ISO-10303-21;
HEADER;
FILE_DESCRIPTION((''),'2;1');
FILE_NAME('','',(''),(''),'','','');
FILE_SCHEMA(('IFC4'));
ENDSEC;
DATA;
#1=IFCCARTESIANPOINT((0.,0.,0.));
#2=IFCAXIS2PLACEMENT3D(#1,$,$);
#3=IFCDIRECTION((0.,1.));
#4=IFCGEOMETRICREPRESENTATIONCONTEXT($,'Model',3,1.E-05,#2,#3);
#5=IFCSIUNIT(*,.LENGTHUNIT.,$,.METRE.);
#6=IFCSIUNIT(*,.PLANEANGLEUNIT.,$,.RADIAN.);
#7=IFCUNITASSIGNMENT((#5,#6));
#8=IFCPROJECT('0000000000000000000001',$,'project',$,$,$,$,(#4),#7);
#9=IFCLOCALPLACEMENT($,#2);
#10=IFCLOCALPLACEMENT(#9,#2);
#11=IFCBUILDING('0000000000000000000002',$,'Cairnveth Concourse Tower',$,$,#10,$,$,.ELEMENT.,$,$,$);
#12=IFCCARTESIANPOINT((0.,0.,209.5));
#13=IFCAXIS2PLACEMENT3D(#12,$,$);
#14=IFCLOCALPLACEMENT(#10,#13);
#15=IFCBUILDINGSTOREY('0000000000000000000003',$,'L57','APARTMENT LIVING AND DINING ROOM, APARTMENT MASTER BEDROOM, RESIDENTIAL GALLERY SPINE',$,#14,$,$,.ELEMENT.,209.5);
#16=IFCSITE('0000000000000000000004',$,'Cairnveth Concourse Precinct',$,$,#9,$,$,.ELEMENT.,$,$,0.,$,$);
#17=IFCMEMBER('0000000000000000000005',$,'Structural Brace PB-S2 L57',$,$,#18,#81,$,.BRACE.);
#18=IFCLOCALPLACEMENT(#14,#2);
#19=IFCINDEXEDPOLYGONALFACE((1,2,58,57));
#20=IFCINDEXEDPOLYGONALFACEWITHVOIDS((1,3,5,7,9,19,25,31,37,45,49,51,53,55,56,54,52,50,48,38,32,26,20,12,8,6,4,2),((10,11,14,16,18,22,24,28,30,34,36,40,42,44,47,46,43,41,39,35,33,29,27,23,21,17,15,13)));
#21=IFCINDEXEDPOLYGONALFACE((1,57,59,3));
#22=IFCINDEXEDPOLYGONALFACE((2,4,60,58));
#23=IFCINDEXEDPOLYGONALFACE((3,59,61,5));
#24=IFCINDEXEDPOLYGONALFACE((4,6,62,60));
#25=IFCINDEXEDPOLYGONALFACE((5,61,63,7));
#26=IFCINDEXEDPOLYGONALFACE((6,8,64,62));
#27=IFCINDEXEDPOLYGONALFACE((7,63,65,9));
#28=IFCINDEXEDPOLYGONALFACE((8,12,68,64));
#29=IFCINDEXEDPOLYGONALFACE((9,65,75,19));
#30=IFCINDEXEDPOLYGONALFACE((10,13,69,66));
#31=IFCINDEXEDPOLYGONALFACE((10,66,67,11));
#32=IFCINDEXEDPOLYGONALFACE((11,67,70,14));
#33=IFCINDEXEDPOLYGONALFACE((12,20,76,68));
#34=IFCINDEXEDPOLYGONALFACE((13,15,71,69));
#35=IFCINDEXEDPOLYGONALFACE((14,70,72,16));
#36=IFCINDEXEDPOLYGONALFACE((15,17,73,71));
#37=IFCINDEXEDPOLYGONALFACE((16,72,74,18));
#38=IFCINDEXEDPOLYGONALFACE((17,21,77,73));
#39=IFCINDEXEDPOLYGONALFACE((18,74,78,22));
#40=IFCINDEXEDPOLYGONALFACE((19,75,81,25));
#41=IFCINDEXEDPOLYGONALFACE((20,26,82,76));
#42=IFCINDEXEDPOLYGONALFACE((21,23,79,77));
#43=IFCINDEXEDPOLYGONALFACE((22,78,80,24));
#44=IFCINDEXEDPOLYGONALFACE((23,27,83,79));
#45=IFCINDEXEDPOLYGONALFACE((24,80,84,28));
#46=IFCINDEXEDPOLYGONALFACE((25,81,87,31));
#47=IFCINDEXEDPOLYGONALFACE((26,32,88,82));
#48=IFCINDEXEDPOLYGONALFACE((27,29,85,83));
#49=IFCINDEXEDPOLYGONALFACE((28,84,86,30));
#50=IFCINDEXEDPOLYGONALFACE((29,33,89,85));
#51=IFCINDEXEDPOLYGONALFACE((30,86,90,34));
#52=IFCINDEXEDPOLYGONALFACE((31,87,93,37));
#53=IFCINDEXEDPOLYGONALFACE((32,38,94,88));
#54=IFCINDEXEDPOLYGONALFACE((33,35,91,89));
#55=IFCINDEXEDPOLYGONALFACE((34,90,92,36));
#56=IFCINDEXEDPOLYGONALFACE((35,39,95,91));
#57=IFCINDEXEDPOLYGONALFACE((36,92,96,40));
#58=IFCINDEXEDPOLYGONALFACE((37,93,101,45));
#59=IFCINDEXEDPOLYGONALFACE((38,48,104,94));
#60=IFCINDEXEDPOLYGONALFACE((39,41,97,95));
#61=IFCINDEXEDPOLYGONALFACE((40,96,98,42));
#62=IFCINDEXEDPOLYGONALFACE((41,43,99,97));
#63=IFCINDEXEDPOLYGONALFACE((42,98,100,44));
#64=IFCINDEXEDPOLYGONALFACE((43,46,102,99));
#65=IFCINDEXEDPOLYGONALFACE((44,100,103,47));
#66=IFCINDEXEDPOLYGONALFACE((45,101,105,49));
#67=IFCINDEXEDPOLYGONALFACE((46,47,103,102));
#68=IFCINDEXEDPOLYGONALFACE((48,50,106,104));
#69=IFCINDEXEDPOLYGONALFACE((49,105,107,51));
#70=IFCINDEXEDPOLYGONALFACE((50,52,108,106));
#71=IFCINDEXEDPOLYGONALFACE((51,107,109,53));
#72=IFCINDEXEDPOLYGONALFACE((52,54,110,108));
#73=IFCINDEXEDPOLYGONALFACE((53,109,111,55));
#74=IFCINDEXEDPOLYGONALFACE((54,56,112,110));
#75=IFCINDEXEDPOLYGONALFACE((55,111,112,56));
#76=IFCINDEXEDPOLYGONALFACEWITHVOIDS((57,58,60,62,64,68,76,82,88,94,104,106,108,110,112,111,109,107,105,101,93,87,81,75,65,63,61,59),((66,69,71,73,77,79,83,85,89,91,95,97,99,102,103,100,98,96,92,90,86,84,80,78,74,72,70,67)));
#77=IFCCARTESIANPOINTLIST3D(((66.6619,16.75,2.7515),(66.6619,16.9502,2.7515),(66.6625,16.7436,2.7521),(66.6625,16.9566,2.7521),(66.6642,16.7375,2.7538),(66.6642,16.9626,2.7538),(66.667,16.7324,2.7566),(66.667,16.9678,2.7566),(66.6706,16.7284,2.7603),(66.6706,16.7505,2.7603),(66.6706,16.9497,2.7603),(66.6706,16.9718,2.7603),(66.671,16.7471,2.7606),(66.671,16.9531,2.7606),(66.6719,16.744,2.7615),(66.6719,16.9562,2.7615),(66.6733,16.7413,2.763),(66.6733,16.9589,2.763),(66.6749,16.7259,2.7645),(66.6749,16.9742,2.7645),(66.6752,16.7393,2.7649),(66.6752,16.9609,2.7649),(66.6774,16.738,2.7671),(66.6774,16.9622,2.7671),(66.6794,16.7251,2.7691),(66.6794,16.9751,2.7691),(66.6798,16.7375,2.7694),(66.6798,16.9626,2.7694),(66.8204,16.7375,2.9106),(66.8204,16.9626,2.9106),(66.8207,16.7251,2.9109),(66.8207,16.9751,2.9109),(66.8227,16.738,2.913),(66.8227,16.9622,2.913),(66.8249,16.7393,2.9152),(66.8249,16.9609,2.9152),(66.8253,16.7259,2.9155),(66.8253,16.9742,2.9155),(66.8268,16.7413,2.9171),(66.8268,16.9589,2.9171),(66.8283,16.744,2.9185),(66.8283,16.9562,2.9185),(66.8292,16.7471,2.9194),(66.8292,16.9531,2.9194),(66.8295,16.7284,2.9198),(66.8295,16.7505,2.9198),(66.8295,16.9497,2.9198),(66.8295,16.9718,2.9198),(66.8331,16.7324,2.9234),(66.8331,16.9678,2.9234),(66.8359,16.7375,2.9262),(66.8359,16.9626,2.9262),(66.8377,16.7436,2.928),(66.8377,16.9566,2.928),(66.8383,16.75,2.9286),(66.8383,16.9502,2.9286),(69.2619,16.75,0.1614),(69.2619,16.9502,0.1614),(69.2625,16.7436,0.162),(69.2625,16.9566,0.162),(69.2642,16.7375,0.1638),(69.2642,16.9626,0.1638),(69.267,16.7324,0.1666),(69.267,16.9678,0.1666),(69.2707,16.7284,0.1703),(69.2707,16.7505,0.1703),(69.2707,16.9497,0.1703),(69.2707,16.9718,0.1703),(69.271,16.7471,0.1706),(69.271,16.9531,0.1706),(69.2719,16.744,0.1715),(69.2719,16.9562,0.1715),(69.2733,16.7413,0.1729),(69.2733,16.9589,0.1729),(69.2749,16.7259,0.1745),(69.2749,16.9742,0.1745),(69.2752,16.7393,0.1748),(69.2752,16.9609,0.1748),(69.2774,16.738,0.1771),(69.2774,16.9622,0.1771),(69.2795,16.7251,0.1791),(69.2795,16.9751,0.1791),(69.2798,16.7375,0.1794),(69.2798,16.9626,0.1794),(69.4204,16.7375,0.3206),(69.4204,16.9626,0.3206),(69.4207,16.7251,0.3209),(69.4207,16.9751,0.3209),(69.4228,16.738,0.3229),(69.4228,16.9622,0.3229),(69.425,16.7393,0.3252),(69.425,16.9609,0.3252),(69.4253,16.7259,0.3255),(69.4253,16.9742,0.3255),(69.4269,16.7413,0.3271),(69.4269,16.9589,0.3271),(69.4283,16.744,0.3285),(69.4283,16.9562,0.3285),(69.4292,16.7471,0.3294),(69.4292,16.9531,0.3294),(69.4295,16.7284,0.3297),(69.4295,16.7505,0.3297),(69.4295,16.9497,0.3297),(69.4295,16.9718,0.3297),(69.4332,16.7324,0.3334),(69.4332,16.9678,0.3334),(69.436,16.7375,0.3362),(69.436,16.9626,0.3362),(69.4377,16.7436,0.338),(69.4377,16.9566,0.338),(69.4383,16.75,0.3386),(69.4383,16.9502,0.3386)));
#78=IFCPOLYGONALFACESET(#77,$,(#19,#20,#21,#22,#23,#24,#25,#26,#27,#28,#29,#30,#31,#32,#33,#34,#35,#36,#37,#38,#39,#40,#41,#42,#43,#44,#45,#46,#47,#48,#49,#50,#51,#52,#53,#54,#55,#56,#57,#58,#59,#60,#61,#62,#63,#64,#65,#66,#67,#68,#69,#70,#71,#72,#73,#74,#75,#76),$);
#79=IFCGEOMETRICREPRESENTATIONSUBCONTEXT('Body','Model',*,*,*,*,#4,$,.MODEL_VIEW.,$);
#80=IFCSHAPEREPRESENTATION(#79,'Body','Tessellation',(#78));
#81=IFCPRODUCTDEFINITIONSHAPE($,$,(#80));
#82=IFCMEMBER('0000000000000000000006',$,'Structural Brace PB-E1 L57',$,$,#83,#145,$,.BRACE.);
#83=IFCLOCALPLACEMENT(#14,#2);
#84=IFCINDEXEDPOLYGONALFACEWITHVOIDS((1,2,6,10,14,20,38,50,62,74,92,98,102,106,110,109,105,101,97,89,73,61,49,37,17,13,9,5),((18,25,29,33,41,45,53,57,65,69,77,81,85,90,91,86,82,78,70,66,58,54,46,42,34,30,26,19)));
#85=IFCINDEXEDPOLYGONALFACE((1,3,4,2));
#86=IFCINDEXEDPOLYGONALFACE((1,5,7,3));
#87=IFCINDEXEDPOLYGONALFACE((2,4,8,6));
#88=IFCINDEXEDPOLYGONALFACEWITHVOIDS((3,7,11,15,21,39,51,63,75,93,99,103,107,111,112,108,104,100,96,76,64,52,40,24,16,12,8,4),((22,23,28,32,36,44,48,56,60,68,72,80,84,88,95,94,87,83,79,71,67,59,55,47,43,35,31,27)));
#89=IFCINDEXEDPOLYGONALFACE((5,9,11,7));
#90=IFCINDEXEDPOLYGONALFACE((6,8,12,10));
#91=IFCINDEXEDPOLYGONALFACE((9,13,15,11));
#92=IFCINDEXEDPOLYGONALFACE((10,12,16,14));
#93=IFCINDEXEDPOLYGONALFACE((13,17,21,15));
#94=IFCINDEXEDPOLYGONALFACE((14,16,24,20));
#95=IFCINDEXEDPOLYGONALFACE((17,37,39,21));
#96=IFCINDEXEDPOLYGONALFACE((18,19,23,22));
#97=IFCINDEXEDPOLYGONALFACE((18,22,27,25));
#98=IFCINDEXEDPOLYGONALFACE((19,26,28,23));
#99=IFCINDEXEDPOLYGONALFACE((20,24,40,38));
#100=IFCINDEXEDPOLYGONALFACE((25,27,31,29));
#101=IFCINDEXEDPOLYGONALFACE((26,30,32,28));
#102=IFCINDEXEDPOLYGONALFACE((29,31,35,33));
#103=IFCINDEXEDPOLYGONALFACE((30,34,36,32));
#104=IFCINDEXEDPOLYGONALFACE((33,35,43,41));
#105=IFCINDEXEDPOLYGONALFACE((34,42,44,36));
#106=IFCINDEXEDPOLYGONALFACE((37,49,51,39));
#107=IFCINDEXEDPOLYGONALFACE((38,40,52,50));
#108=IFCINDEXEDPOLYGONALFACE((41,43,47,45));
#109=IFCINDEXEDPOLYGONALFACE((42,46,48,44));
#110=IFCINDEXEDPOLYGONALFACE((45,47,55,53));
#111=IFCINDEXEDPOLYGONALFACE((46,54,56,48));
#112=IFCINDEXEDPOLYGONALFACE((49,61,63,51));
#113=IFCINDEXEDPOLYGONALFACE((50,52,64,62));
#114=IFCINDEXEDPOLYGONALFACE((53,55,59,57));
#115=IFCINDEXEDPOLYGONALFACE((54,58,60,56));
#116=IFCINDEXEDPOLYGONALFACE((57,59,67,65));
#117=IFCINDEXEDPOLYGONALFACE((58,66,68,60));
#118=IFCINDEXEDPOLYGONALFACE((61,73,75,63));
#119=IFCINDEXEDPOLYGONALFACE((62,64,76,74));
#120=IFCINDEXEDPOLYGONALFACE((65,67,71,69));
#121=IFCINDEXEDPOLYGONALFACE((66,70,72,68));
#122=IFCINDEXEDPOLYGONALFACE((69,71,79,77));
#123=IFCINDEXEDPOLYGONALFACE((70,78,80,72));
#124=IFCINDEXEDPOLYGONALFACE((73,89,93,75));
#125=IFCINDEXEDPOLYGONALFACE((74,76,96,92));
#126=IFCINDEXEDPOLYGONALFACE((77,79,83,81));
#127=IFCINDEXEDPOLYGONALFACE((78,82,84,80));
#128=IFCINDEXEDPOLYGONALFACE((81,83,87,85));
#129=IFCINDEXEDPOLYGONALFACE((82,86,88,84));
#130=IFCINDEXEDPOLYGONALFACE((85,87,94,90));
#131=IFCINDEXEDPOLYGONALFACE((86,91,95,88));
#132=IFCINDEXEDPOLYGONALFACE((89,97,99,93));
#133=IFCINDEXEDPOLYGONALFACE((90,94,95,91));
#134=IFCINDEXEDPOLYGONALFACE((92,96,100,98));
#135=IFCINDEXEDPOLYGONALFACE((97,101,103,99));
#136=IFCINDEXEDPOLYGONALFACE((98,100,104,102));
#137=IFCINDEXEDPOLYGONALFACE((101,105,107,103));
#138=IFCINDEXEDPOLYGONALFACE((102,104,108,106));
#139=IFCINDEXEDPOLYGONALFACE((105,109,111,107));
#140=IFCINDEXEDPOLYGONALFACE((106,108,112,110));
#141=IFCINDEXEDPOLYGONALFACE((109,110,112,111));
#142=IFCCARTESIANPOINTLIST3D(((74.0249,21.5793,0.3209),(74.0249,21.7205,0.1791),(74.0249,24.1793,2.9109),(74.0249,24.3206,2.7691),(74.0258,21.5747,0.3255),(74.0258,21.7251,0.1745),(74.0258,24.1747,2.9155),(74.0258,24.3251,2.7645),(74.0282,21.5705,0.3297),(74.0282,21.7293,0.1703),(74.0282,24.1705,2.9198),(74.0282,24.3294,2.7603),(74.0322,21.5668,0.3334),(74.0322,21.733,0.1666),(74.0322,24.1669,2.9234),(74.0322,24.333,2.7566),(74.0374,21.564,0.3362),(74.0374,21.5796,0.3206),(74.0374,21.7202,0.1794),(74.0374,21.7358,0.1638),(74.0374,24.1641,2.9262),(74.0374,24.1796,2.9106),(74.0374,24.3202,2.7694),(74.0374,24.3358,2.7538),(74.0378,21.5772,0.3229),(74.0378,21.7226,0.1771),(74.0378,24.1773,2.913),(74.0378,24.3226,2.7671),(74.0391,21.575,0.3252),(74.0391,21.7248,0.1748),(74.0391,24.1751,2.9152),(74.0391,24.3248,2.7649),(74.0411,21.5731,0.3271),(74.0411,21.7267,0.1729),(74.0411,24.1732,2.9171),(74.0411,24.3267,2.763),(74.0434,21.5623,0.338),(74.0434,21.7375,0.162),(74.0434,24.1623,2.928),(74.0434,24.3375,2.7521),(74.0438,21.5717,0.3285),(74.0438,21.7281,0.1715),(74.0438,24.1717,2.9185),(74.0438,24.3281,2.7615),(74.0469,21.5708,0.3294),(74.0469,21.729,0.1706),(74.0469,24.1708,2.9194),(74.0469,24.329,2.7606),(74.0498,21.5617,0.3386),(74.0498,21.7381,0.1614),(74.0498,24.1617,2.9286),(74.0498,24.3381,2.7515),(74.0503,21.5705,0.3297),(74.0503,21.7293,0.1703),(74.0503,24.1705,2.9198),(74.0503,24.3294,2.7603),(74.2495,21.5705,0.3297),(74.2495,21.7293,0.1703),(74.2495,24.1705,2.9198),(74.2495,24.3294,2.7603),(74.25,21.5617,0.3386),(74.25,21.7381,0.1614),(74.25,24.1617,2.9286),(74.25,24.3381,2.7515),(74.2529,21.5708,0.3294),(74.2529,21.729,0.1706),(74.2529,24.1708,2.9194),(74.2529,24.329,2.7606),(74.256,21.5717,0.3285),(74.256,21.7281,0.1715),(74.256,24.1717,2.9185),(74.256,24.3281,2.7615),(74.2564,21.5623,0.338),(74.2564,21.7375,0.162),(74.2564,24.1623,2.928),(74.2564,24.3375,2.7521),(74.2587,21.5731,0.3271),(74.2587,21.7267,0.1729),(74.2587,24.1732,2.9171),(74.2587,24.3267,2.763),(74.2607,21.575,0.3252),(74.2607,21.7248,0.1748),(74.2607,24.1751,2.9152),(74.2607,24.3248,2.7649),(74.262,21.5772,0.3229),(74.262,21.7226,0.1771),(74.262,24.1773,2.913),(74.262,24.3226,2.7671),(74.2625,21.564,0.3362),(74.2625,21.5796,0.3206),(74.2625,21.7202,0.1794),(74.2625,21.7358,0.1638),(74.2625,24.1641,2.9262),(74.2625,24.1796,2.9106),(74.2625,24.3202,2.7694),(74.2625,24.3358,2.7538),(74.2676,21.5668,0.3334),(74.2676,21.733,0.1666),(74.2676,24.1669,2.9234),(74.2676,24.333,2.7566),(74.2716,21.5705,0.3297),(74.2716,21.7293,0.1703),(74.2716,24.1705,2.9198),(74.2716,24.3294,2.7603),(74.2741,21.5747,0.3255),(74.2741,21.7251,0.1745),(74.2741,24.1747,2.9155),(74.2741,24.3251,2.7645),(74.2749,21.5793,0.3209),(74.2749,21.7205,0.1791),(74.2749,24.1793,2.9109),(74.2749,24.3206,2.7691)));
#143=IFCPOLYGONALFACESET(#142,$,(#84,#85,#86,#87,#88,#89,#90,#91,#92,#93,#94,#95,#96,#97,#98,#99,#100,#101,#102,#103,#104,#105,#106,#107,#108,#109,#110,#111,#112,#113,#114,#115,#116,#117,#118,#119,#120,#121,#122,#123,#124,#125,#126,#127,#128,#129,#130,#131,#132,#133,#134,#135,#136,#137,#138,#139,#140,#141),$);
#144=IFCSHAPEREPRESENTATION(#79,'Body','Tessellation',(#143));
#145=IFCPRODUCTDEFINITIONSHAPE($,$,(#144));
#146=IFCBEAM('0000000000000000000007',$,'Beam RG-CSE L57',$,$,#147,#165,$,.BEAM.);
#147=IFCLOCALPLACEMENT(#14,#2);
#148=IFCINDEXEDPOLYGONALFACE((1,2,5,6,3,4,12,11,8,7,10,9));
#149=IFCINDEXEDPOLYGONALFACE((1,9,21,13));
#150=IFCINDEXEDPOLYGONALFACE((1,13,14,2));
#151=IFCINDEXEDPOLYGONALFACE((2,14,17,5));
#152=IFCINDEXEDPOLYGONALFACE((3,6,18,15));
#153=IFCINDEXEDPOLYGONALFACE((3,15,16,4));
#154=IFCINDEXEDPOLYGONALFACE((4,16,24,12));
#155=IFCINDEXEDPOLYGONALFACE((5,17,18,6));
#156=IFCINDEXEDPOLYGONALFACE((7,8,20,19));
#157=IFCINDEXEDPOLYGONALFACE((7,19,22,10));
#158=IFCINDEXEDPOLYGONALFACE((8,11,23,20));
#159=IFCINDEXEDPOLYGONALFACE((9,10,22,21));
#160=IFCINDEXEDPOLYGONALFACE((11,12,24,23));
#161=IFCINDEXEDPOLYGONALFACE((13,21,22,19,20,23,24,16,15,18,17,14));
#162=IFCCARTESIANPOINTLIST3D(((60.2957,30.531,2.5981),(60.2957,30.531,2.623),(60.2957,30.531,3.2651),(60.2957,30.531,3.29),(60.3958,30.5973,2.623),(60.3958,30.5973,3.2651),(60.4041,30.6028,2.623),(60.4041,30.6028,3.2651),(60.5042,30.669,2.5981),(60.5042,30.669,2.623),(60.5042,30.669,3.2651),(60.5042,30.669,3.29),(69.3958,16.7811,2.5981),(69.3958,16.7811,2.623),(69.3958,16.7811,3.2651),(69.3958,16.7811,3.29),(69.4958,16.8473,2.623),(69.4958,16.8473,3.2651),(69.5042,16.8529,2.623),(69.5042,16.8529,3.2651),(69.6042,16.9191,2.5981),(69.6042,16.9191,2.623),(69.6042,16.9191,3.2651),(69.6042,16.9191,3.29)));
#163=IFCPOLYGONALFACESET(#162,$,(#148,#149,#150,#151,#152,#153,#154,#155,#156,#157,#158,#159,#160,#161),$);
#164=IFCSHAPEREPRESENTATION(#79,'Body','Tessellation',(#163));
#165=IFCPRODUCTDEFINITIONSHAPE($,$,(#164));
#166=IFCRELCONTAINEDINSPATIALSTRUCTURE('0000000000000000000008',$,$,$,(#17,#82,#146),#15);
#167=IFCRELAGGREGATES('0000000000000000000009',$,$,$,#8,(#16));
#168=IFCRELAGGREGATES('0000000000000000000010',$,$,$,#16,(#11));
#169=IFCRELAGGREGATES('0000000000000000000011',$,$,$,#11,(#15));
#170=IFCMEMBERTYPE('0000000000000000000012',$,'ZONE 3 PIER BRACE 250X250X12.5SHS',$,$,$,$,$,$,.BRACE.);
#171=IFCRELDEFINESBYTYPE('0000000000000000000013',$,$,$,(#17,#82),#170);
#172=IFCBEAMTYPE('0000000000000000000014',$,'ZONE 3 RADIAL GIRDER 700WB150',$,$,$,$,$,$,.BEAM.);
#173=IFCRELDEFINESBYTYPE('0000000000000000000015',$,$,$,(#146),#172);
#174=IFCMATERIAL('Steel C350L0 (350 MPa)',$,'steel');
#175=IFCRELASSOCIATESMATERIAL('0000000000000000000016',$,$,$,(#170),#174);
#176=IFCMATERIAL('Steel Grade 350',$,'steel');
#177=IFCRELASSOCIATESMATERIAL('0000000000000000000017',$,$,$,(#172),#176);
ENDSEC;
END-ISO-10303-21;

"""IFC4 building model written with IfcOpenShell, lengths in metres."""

from ifc_helpers import new_model, si_unit, direction, frame, origin, origin_2d, place, context, subcontext, project, spatial, hollow_rectangle, i_section, extrude, material, material_profile, profile_set, type_object, element, save


model = new_model("IFC4")

# Units and contexts
model_context = context("Model", 3, precision=1e-05, world=origin(), true_north=direction((0.0, 1.0)))
body_context = subcontext(model_context, "Body", "Model", "MODEL_VIEW")
ifc_project = project(units=[si_unit("LENGTHUNIT", "METRE"), si_unit("PLANEANGLEUNIT", "RADIAN")], contexts=[model_context])

# Site, building, storey
site_placement = place(None, origin())
site = spatial("IfcSite", under=ifc_project, at=site_placement, Name="Cairnveth Concourse Precinct", CompositionType="ELEMENT", RefElevation=0.0)
building_placement = place(site_placement, origin())
building = spatial("IfcBuilding", under=site, at=building_placement, Name="Cairnveth Concourse Tower", CompositionType="ELEMENT")
storey_placement = place(building_placement, frame((0.0, 0.0, 209.5)))
storey = spatial("IfcBuildingStorey", under=building, at=storey_placement, Name="L57", Description="APARTMENT LIVING AND DINING ROOM, APARTMENT MASTER BEDROOM, RESIDENTIAL GALLERY SPINE", CompositionType="ELEMENT", Elevation=209.5)

# Shared definitions
ifc_material_1 = material(Name="Steel Grade 350", Category="steel")

# Members
ifc_material_2 = material(Name="Steel C350L0 (350 MPa)", Category="steel")
ifc_material_profile_1 = material_profile(ifc_material_2, hollow_rectangle(XDim=0.25, YDim=0.25, WallThickness=0.0125, InnerFilletRadius=0.0129, OuterFilletRadius=0.0249, at=origin_2d()), Name="250x250x12.5SHS")
ifc_profile_set_1 = profile_set([ifc_material_profile_1], Name="Steel C350L0 (350 MPa)")
member_type = type_object("IfcMemberType", Name="ZONE 3 PIER BRACE 250X250X12.5SHS", PredefinedType="BRACE", material=ifc_profile_set_1)
for number, where, z_axis, x_axis, name in (
    (1, (69.3501, 16.8501, 0.25), (-0.708469, 0.0, 0.705742), (0.0, -1.0, 0.0), "Structural Brace PB-S2 L57"),
    (2, (74.1499, 21.6499, 0.25), (0.0, 0.708469, 0.705742), (-1.0, 0.0, 0.0), "Structural Brace PB-E1 L57"),
):
    element("IfcMember", number, at=place(storey_placement, frame(where, z_axis=z_axis, x_axis=x_axis)), inside=storey, type_object=member_type, Name=name, PredefinedType="BRACE", context=body_context, shape_type="SweptSolid", body=[
        extrude(hollow_rectangle(XDim=0.25, YDim=0.25, WallThickness=0.0125, InnerFilletRadius=0.0129, OuterFilletRadius=0.0249, at=origin_2d()), origin(), (0.0, 0.0, 1.0), 3.6699),
    ])

# Beam
ifc_material_profile_2 = material_profile(ifc_material_1, i_section(OverallWidth=0.25, OverallDepth=0.6919, WebThickness=0.01, FlangeThickness=0.0249, at=origin_2d()), Name="700WB150")
ifc_profile_set_2 = profile_set([ifc_material_profile_2], Name="Steel Grade 350")
beam_type_1 = type_object("IfcBeamType", Name="ZONE 3 RADIAL GIRDER 700WB150", PredefinedType="BEAM", material=ifc_profile_set_2)
beam_1_placement = place(storey_placement, frame((69.5, 16.8501, 2.9441), z_axis=(-0.551902, 0.833909, 0.0), x_axis=(-0.833909, -0.551902, 0.0)))
element("IfcBeam", 3, at=beam_1_placement, inside=storey, type_object=beam_type_1, Name="Beam RG-CSE L57", PredefinedType="BEAM", context=body_context, shape_type="SweptSolid", body=[
    extrude(i_section(OverallWidth=0.25, OverallDepth=0.6919, WebThickness=0.01, FlangeThickness=0.0249, at=origin_2d()), origin(), (0.0, 0.0, 1.0), 16.4885),
])

save(model, "model.ifc")
